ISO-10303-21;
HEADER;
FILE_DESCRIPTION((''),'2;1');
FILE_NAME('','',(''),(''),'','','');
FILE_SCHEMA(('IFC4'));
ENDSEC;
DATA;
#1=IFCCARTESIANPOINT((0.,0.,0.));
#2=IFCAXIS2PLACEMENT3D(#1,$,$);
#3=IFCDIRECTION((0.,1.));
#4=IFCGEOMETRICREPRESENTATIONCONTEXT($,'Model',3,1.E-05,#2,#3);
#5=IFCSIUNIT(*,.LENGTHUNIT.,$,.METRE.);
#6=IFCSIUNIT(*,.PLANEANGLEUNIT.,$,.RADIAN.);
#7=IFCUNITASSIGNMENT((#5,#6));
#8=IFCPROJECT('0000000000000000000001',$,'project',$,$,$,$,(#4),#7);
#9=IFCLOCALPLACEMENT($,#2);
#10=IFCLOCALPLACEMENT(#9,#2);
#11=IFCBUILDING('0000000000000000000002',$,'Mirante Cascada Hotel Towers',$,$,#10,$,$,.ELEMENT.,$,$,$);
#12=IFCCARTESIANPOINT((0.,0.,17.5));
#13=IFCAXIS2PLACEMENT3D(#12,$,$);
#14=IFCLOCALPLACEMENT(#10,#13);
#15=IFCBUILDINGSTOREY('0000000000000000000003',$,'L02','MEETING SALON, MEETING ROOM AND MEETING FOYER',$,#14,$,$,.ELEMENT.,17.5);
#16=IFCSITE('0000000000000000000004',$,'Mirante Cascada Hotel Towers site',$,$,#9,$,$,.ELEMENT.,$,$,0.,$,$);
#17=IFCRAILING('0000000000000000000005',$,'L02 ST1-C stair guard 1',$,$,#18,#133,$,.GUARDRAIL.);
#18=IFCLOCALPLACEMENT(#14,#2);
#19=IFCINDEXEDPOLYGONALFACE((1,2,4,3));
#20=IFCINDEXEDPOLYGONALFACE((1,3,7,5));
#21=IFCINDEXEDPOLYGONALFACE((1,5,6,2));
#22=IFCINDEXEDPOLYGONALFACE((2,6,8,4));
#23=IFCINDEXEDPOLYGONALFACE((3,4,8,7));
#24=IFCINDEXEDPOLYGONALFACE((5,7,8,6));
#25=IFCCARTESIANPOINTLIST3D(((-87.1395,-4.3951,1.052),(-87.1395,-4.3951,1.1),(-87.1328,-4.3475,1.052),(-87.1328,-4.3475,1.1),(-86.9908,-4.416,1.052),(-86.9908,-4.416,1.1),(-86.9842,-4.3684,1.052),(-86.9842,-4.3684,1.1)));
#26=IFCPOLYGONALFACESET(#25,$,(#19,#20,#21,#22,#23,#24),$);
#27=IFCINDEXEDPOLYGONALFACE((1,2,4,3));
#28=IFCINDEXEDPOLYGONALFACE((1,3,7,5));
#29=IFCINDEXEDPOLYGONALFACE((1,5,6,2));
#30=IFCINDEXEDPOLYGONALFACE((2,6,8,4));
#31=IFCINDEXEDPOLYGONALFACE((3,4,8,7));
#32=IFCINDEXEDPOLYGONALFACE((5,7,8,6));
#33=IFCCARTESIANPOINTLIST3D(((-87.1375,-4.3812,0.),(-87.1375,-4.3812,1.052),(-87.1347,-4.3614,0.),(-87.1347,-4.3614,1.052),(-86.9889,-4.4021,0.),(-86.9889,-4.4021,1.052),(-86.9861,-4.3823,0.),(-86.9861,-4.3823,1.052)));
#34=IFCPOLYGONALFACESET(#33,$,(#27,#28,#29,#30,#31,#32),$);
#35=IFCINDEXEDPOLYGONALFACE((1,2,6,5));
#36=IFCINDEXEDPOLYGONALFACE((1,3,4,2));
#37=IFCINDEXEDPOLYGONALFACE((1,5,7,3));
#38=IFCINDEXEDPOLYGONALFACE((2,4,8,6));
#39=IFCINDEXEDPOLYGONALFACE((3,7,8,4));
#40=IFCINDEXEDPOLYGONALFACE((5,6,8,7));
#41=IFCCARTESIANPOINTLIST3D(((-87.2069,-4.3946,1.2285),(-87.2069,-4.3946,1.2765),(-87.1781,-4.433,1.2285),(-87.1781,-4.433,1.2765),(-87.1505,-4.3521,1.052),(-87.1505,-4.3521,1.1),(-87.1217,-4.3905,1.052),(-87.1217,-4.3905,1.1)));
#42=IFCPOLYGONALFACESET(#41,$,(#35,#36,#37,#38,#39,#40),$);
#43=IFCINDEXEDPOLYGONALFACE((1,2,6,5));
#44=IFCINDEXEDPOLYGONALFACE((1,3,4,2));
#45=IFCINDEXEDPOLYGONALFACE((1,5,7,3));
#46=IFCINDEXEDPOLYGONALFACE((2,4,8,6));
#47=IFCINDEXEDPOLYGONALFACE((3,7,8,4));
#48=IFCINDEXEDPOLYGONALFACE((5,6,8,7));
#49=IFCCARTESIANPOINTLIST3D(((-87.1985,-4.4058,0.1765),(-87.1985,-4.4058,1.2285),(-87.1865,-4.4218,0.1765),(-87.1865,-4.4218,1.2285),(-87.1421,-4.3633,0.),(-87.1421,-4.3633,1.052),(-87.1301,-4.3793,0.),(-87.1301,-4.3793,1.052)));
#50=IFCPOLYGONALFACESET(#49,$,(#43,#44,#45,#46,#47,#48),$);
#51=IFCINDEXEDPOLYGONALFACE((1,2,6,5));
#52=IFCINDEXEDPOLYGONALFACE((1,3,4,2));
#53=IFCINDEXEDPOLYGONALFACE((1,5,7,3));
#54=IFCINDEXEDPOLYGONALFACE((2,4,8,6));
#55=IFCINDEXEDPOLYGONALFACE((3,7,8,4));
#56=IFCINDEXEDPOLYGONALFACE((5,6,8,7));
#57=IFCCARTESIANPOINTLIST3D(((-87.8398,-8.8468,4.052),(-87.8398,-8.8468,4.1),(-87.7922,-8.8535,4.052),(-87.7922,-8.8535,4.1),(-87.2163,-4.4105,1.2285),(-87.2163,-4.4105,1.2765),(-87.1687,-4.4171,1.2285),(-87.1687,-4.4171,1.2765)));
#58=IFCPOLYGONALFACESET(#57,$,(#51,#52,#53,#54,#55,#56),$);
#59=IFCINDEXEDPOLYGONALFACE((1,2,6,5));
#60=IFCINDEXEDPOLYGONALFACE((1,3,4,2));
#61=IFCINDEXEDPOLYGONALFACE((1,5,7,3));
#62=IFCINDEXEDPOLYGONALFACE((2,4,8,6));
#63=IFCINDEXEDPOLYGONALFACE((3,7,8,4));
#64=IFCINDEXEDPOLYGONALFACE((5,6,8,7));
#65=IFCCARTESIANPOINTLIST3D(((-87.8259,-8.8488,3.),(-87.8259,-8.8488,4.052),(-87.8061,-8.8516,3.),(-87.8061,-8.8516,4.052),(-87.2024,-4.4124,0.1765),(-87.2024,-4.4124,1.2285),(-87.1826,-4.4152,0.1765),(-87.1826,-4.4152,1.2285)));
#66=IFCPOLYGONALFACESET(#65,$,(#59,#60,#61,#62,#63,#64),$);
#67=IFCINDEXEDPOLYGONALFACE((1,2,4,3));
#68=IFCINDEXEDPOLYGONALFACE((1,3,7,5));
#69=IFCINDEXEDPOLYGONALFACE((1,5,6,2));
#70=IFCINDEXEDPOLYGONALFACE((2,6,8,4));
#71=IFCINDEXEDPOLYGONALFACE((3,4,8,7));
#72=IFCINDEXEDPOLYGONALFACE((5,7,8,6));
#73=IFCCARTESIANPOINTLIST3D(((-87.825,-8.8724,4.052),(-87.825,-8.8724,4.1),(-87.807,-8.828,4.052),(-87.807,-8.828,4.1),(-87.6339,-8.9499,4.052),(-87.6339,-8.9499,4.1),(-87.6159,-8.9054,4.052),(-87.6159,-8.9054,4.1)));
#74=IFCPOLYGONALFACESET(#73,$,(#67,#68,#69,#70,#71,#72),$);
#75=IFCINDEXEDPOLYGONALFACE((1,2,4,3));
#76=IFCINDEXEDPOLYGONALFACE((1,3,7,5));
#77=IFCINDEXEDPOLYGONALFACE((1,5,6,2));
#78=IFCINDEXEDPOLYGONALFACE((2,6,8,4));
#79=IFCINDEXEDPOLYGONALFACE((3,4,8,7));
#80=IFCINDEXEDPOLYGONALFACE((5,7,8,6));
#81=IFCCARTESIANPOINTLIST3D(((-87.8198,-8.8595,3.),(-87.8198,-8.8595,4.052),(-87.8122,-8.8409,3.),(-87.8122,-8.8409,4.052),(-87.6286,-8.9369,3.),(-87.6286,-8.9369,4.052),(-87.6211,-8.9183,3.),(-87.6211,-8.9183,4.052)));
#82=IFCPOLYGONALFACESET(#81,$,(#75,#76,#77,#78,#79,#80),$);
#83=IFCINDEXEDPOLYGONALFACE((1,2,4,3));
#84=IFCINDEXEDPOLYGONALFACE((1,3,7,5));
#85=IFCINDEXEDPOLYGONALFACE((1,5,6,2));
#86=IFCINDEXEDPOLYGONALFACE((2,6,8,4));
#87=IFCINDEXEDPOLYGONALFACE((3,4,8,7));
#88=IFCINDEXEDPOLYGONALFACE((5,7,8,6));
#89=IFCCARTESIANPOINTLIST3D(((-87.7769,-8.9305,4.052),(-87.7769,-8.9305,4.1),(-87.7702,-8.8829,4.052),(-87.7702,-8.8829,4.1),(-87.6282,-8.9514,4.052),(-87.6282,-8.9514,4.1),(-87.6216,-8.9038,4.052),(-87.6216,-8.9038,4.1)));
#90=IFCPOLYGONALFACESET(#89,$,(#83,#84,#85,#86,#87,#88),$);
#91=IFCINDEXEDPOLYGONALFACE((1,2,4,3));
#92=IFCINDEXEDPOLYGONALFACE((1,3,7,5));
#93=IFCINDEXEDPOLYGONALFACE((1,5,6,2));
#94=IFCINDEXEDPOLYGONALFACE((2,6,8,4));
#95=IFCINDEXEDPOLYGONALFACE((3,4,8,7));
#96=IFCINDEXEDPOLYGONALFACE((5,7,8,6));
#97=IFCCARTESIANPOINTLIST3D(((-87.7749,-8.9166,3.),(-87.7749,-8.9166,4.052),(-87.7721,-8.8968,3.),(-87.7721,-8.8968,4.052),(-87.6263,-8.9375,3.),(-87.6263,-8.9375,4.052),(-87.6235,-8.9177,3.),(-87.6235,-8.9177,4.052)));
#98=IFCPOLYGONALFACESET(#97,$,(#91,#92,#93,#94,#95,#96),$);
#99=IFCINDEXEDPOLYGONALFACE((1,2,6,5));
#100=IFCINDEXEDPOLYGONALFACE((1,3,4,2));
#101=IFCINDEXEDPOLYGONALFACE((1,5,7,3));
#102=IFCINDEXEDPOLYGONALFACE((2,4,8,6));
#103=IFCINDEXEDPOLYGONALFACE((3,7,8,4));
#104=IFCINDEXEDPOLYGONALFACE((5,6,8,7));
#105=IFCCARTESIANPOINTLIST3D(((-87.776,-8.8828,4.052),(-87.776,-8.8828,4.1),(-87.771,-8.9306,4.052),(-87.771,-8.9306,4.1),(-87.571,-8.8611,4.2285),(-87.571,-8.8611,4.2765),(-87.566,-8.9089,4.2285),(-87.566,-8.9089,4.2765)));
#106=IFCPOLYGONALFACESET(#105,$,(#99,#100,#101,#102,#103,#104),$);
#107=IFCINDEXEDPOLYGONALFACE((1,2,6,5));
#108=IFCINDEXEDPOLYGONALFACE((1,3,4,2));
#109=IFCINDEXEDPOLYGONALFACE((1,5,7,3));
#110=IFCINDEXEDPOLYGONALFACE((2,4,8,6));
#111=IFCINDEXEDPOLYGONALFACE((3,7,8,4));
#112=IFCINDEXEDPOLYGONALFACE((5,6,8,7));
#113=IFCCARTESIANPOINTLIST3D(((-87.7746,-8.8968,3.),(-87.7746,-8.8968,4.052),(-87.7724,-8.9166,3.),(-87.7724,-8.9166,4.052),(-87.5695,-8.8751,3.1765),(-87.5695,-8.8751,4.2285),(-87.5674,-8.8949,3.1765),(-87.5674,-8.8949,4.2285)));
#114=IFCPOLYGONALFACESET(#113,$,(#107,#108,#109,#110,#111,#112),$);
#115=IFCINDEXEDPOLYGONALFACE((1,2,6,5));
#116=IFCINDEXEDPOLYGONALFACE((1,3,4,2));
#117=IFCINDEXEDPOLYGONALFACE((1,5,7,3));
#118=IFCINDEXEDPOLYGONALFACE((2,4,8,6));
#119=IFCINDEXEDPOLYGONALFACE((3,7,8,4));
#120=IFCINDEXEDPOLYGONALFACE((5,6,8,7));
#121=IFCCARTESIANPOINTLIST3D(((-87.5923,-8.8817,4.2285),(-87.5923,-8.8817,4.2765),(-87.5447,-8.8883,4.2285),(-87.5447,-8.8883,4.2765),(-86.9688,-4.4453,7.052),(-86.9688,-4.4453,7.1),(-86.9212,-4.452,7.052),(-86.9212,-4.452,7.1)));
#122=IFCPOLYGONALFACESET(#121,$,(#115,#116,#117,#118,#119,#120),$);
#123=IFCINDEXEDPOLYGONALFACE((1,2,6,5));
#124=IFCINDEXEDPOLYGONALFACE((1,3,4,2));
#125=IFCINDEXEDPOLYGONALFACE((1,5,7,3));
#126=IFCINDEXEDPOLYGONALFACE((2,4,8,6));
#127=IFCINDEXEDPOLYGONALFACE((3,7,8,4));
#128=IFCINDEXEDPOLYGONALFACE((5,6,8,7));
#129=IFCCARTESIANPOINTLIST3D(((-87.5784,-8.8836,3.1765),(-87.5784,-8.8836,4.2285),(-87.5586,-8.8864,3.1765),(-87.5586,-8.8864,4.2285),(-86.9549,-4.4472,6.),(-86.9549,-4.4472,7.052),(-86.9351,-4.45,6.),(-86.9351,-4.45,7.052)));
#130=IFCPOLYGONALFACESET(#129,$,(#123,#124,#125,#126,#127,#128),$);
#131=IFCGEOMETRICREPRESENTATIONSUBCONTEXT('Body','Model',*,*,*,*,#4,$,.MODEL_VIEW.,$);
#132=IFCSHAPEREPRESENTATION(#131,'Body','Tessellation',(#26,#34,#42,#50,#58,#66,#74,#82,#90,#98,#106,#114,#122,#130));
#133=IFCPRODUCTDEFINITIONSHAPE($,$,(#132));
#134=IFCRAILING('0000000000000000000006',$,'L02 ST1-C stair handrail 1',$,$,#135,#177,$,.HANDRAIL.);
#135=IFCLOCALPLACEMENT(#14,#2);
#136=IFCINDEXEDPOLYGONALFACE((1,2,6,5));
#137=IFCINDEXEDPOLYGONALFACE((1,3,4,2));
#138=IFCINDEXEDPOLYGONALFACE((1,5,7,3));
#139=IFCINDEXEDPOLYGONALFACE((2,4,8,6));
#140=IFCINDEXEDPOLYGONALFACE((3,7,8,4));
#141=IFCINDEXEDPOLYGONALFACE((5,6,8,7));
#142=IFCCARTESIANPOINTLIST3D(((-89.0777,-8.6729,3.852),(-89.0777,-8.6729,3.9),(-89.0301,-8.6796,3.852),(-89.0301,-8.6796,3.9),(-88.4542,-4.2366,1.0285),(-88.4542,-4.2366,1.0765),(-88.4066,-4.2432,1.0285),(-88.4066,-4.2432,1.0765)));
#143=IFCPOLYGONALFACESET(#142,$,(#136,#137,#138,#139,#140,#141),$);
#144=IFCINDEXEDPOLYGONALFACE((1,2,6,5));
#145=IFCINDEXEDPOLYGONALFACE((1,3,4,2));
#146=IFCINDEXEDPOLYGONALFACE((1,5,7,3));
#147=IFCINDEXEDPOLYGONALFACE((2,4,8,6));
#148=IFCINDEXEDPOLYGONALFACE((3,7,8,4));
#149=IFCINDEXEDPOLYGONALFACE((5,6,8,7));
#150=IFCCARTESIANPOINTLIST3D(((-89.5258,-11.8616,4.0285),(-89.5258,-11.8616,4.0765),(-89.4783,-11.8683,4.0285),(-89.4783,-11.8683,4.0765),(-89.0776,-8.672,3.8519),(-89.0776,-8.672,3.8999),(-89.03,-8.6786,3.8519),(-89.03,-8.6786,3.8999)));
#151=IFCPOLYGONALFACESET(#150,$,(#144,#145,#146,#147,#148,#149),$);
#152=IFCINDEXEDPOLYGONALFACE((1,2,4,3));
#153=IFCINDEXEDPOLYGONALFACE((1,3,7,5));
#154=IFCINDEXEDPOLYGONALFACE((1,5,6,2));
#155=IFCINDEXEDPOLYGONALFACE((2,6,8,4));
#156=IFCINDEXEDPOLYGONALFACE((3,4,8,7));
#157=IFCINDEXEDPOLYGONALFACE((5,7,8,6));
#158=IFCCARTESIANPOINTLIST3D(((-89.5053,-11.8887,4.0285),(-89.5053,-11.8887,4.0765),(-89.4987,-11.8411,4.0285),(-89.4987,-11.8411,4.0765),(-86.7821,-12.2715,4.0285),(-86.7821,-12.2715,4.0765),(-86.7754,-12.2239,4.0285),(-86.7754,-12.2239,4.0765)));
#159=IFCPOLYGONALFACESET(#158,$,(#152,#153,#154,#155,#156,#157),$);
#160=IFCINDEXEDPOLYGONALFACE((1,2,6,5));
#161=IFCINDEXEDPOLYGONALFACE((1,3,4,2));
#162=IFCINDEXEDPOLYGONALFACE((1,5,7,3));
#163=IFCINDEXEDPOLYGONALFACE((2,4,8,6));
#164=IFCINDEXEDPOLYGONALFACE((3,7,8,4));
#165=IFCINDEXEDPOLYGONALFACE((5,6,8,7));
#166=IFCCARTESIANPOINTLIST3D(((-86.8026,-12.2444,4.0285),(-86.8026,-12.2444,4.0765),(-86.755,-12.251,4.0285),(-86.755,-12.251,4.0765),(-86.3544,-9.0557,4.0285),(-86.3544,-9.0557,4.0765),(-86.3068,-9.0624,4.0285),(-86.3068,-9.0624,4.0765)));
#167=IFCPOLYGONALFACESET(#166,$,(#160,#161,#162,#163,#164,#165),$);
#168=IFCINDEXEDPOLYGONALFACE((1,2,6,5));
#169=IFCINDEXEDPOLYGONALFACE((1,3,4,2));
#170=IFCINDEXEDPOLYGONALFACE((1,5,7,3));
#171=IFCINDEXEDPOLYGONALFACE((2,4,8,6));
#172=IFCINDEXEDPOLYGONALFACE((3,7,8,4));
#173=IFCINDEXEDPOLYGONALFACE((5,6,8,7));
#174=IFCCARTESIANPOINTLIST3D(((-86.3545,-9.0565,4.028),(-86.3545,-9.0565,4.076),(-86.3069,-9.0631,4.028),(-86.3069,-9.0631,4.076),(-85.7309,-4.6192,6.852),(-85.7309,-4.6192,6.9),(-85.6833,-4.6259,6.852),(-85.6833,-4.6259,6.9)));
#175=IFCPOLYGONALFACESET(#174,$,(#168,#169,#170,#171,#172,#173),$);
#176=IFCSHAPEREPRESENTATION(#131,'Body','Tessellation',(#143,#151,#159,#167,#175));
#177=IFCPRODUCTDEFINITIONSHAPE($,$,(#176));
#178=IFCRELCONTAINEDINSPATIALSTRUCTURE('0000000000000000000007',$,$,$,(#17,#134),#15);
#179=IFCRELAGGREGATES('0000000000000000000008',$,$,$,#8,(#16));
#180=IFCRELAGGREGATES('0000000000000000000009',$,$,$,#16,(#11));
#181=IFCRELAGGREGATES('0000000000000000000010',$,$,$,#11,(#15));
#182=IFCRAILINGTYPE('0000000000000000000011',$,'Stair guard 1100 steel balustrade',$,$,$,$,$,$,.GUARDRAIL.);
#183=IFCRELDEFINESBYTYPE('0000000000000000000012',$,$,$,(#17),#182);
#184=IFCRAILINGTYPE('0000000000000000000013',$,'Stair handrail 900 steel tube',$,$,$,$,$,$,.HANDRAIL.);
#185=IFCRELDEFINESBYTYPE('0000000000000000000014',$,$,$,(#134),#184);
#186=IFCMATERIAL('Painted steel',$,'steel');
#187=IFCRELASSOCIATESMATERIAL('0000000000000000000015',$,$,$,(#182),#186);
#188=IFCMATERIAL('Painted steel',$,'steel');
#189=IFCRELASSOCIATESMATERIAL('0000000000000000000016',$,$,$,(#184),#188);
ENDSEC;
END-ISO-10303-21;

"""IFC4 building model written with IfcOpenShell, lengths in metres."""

from ifc_helpers import new_model, si_unit, direction, frame, origin, origin_2d, place, context, subcontext, project, spatial, rectangle, extrude, material, type_object, element, save


model = new_model("IFC4")

# Units and contexts
model_context = context("Model", 3, precision=1e-05, world=origin(), true_north=direction((0.0, 1.0)))
body_context = subcontext(model_context, "Body", "Model", "MODEL_VIEW")
ifc_project = project(units=[si_unit("LENGTHUNIT", "METRE"), si_unit("PLANEANGLEUNIT", "RADIAN")], contexts=[model_context])

# Site, building, storey
site_placement = place(None, origin())
site = spatial("IfcSite", under=ifc_project, at=site_placement, Name="Mirante Cascada Hotel Towers site", CompositionType="ELEMENT", RefElevation=0.0)
building_placement = place(site_placement, origin())
building = spatial("IfcBuilding", under=site, at=building_placement, Name="Mirante Cascada Hotel Towers", CompositionType="ELEMENT")
storey_placement = place(building_placement, frame((0.0, 0.0, 17.5)))
storey = spatial("IfcBuildingStorey", under=building, at=storey_placement, Name="L02", Description="MEETING SALON, MEETING ROOM AND MEETING FOYER", CompositionType="ELEMENT", Elevation=17.5)

# Railings
ifc_material_1 = material(Name="Painted steel", Category="steel")
railing_type_1 = type_object("IfcRailingType", Name="Stair guard 1100 steel balustrade", PredefinedType="GUARDRAIL", material=ifc_material_1)
railing_1_placement = place(storey_placement, frame((-86.9875, -4.3922, 0.0)))
element("IfcRailing", 1, at=railing_1_placement, inside=storey, type_object=railing_type_1, Name="L02 ST1-C stair guard 1", PredefinedType="GUARDRAIL", context=body_context, shape_type="SweptSolid", body=[
    extrude(rectangle(XDim=0.048, YDim=0.048, at=origin_2d()), frame((0.0, 0.0, 1.076), z_axis=(-0.990254, 0.139275, 0.0), x_axis=(-0.139275, -0.990254, 0.0)), (0.0, 0.0, 1.0), 0.1501),
    extrude(rectangle(XDim=0.02, YDim=1.052, at=origin_2d()), frame((0.0, 0.0, 0.526), z_axis=(-0.990254, 0.139275, 0.0), x_axis=(-0.139275, -0.990254, 0.0)), (0.0, 0.0, 1.0), 0.1501),
    extrude(rectangle(XDim=0.048, YDim=0.048, at=origin_2d()), frame((-0.1486, 0.0209, 1.076), z_axis=(-0.798639, -0.601811, 0.0), x_axis=(0.601811, -0.798639, 0.0)), (0.0, 0.92844, 0.371482), 0.1901),
    extrude(rectangle(XDim=0.02, YDim=1.052, at=origin_2d()), frame((-0.1486, 0.0209, 0.526), z_axis=(-0.798639, -0.601811, 0.0), x_axis=(0.601811, -0.798639, 0.0)), (0.0, 0.92844, 0.371482), 0.1901),
    extrude(rectangle(XDim=0.048, YDim=0.048, at=origin_2d()), frame((-0.205, -0.0216, 1.2525), z_axis=(-0.139174, -0.990268, 0.0), x_axis=(0.990268, -0.139174, 0.0)), (0.0, 0.533186, 0.845998), 5.2955),
    extrude(rectangle(XDim=0.02, YDim=1.052, at=origin_2d()), frame((-0.205, -0.0216, 0.7025), z_axis=(-0.139174, -0.990268, 0.0), x_axis=(0.990268, -0.139174, 0.0)), (0.0, 0.533186, 0.845998), 5.2955),
    extrude(rectangle(XDim=0.048, YDim=0.048, at=origin_2d()), frame((-0.8285, -4.458, 4.076), z_axis=(0.926862, -0.375401, 0.0), x_axis=(0.375401, 0.926862, 0.0)), (0.0, 0.0, 1.0), 0.2062),
    extrude(rectangle(XDim=0.02, YDim=1.052, at=origin_2d()), frame((-0.8285, -4.458, 3.526), z_axis=(0.926862, -0.375401, 0.0), x_axis=(0.375401, 0.926862, 0.0)), (0.0, 0.0, 1.0), 0.2062),
    extrude(rectangle(XDim=0.048, YDim=0.048, at=origin_2d()), frame((-0.6374, -4.5354, 4.076), z_axis=(-0.990254, 0.139275, 0.0), x_axis=(-0.139275, -0.990254, 0.0)), (0.0, 0.0, 1.0), 0.1501),
    extrude(rectangle(XDim=0.02, YDim=1.052, at=origin_2d()), frame((-0.6374, -4.5354, 3.526), z_axis=(-0.990254, 0.139275, 0.0), x_axis=(-0.139275, -0.990254, 0.0)), (0.0, 0.0, 1.0), 0.1501),
    extrude(rectangle(XDim=0.048, YDim=0.048, at=origin_2d()), frame((-0.786, -4.5145, 4.076), z_axis=(0.994444, 0.105266, 0.0), x_axis=(-0.105266, 0.994444, 0.0)), (0.0, 0.650375, 0.759613), 0.2714),
    extrude(rectangle(XDim=0.02, YDim=1.052, at=origin_2d()), frame((-0.786, -4.5145, 3.526), z_axis=(0.994444, 0.105266, 0.0), x_axis=(-0.105266, 0.994444, 0.0)), (0.0, 0.650375, 0.759613), 0.2714),
    extrude(rectangle(XDim=0.048, YDim=0.048, at=origin_2d()), frame((-0.581, -4.4928, 4.2525), z_axis=(0.139174, 0.990268, 0.0), x_axis=(-0.990268, 0.139174, 0.0)), (0.0, 0.533186, 0.845998), 5.2955),
    extrude(rectangle(XDim=0.02, YDim=1.052, at=origin_2d()), frame((-0.581, -4.4928, 3.7025), z_axis=(0.139174, 0.990268, 0.0), x_axis=(-0.990268, 0.139174, 0.0)), (0.0, 0.533186, 0.845998), 5.2955),
])
ifc_material_2 = material(Name="Painted steel", Category="steel")
railing_type_2 = type_object("IfcRailingType", Name="Stair handrail 900 steel tube", PredefinedType="HANDRAIL", material=ifc_material_2)
railing_2_placement = place(storey_placement, frame((-88.4304, -4.2399, 0.1765)))
element("IfcRailing", 2, at=railing_2_placement, inside=storey, type_object=railing_type_2, Name="L02 ST1-C stair handrail 1", PredefinedType="HANDRAIL", context=body_context, shape_type="SweptSolid", body=[
    extrude(rectangle(XDim=0.048, YDim=0.048, at=origin_2d()), frame((0.0, 0.0, 0.876), z_axis=(-0.139174, -0.990268, 0.0), x_axis=(0.990268, -0.139174, 0.0)), (0.0, 0.533186, 0.845998), 5.2955),
    extrude(rectangle(XDim=0.048, YDim=0.048, at=origin_2d()), frame((-0.6234, -4.4354, 3.6994), z_axis=(-0.139164, -0.990269, 0.0), x_axis=(0.990269, -0.139164, 0.0)), (0.0, 0.054733, 0.998501), 3.2258),
    extrude(rectangle(XDim=0.048, YDim=0.048, at=origin_2d()), frame((-1.0716, -7.625, 3.876), z_axis=(0.990264, -0.139201, 0.0), x_axis=(0.139201, 0.990264, 0.0)), (0.0, 0.0, 1.0), 2.75),
    extrude(rectangle(XDim=0.048, YDim=0.048, at=origin_2d()), frame((1.6516, -8.0078, 3.876), z_axis=(0.139191, 0.990266, 0.0), x_axis=(-0.990266, 0.139191, 0.0)), (0.0, 0.0, 1.0), 3.22),
    extrude(rectangle(XDim=0.048, YDim=0.048, at=origin_2d()), frame((2.0997, -4.8199, 3.8755), z_axis=(0.139174, 0.990268, 0.0), x_axis=(-0.990268, 0.139174, 0.0)), (0.0, 0.533186, 0.845998), 5.2965),
])

save(model, "model.ifc")
